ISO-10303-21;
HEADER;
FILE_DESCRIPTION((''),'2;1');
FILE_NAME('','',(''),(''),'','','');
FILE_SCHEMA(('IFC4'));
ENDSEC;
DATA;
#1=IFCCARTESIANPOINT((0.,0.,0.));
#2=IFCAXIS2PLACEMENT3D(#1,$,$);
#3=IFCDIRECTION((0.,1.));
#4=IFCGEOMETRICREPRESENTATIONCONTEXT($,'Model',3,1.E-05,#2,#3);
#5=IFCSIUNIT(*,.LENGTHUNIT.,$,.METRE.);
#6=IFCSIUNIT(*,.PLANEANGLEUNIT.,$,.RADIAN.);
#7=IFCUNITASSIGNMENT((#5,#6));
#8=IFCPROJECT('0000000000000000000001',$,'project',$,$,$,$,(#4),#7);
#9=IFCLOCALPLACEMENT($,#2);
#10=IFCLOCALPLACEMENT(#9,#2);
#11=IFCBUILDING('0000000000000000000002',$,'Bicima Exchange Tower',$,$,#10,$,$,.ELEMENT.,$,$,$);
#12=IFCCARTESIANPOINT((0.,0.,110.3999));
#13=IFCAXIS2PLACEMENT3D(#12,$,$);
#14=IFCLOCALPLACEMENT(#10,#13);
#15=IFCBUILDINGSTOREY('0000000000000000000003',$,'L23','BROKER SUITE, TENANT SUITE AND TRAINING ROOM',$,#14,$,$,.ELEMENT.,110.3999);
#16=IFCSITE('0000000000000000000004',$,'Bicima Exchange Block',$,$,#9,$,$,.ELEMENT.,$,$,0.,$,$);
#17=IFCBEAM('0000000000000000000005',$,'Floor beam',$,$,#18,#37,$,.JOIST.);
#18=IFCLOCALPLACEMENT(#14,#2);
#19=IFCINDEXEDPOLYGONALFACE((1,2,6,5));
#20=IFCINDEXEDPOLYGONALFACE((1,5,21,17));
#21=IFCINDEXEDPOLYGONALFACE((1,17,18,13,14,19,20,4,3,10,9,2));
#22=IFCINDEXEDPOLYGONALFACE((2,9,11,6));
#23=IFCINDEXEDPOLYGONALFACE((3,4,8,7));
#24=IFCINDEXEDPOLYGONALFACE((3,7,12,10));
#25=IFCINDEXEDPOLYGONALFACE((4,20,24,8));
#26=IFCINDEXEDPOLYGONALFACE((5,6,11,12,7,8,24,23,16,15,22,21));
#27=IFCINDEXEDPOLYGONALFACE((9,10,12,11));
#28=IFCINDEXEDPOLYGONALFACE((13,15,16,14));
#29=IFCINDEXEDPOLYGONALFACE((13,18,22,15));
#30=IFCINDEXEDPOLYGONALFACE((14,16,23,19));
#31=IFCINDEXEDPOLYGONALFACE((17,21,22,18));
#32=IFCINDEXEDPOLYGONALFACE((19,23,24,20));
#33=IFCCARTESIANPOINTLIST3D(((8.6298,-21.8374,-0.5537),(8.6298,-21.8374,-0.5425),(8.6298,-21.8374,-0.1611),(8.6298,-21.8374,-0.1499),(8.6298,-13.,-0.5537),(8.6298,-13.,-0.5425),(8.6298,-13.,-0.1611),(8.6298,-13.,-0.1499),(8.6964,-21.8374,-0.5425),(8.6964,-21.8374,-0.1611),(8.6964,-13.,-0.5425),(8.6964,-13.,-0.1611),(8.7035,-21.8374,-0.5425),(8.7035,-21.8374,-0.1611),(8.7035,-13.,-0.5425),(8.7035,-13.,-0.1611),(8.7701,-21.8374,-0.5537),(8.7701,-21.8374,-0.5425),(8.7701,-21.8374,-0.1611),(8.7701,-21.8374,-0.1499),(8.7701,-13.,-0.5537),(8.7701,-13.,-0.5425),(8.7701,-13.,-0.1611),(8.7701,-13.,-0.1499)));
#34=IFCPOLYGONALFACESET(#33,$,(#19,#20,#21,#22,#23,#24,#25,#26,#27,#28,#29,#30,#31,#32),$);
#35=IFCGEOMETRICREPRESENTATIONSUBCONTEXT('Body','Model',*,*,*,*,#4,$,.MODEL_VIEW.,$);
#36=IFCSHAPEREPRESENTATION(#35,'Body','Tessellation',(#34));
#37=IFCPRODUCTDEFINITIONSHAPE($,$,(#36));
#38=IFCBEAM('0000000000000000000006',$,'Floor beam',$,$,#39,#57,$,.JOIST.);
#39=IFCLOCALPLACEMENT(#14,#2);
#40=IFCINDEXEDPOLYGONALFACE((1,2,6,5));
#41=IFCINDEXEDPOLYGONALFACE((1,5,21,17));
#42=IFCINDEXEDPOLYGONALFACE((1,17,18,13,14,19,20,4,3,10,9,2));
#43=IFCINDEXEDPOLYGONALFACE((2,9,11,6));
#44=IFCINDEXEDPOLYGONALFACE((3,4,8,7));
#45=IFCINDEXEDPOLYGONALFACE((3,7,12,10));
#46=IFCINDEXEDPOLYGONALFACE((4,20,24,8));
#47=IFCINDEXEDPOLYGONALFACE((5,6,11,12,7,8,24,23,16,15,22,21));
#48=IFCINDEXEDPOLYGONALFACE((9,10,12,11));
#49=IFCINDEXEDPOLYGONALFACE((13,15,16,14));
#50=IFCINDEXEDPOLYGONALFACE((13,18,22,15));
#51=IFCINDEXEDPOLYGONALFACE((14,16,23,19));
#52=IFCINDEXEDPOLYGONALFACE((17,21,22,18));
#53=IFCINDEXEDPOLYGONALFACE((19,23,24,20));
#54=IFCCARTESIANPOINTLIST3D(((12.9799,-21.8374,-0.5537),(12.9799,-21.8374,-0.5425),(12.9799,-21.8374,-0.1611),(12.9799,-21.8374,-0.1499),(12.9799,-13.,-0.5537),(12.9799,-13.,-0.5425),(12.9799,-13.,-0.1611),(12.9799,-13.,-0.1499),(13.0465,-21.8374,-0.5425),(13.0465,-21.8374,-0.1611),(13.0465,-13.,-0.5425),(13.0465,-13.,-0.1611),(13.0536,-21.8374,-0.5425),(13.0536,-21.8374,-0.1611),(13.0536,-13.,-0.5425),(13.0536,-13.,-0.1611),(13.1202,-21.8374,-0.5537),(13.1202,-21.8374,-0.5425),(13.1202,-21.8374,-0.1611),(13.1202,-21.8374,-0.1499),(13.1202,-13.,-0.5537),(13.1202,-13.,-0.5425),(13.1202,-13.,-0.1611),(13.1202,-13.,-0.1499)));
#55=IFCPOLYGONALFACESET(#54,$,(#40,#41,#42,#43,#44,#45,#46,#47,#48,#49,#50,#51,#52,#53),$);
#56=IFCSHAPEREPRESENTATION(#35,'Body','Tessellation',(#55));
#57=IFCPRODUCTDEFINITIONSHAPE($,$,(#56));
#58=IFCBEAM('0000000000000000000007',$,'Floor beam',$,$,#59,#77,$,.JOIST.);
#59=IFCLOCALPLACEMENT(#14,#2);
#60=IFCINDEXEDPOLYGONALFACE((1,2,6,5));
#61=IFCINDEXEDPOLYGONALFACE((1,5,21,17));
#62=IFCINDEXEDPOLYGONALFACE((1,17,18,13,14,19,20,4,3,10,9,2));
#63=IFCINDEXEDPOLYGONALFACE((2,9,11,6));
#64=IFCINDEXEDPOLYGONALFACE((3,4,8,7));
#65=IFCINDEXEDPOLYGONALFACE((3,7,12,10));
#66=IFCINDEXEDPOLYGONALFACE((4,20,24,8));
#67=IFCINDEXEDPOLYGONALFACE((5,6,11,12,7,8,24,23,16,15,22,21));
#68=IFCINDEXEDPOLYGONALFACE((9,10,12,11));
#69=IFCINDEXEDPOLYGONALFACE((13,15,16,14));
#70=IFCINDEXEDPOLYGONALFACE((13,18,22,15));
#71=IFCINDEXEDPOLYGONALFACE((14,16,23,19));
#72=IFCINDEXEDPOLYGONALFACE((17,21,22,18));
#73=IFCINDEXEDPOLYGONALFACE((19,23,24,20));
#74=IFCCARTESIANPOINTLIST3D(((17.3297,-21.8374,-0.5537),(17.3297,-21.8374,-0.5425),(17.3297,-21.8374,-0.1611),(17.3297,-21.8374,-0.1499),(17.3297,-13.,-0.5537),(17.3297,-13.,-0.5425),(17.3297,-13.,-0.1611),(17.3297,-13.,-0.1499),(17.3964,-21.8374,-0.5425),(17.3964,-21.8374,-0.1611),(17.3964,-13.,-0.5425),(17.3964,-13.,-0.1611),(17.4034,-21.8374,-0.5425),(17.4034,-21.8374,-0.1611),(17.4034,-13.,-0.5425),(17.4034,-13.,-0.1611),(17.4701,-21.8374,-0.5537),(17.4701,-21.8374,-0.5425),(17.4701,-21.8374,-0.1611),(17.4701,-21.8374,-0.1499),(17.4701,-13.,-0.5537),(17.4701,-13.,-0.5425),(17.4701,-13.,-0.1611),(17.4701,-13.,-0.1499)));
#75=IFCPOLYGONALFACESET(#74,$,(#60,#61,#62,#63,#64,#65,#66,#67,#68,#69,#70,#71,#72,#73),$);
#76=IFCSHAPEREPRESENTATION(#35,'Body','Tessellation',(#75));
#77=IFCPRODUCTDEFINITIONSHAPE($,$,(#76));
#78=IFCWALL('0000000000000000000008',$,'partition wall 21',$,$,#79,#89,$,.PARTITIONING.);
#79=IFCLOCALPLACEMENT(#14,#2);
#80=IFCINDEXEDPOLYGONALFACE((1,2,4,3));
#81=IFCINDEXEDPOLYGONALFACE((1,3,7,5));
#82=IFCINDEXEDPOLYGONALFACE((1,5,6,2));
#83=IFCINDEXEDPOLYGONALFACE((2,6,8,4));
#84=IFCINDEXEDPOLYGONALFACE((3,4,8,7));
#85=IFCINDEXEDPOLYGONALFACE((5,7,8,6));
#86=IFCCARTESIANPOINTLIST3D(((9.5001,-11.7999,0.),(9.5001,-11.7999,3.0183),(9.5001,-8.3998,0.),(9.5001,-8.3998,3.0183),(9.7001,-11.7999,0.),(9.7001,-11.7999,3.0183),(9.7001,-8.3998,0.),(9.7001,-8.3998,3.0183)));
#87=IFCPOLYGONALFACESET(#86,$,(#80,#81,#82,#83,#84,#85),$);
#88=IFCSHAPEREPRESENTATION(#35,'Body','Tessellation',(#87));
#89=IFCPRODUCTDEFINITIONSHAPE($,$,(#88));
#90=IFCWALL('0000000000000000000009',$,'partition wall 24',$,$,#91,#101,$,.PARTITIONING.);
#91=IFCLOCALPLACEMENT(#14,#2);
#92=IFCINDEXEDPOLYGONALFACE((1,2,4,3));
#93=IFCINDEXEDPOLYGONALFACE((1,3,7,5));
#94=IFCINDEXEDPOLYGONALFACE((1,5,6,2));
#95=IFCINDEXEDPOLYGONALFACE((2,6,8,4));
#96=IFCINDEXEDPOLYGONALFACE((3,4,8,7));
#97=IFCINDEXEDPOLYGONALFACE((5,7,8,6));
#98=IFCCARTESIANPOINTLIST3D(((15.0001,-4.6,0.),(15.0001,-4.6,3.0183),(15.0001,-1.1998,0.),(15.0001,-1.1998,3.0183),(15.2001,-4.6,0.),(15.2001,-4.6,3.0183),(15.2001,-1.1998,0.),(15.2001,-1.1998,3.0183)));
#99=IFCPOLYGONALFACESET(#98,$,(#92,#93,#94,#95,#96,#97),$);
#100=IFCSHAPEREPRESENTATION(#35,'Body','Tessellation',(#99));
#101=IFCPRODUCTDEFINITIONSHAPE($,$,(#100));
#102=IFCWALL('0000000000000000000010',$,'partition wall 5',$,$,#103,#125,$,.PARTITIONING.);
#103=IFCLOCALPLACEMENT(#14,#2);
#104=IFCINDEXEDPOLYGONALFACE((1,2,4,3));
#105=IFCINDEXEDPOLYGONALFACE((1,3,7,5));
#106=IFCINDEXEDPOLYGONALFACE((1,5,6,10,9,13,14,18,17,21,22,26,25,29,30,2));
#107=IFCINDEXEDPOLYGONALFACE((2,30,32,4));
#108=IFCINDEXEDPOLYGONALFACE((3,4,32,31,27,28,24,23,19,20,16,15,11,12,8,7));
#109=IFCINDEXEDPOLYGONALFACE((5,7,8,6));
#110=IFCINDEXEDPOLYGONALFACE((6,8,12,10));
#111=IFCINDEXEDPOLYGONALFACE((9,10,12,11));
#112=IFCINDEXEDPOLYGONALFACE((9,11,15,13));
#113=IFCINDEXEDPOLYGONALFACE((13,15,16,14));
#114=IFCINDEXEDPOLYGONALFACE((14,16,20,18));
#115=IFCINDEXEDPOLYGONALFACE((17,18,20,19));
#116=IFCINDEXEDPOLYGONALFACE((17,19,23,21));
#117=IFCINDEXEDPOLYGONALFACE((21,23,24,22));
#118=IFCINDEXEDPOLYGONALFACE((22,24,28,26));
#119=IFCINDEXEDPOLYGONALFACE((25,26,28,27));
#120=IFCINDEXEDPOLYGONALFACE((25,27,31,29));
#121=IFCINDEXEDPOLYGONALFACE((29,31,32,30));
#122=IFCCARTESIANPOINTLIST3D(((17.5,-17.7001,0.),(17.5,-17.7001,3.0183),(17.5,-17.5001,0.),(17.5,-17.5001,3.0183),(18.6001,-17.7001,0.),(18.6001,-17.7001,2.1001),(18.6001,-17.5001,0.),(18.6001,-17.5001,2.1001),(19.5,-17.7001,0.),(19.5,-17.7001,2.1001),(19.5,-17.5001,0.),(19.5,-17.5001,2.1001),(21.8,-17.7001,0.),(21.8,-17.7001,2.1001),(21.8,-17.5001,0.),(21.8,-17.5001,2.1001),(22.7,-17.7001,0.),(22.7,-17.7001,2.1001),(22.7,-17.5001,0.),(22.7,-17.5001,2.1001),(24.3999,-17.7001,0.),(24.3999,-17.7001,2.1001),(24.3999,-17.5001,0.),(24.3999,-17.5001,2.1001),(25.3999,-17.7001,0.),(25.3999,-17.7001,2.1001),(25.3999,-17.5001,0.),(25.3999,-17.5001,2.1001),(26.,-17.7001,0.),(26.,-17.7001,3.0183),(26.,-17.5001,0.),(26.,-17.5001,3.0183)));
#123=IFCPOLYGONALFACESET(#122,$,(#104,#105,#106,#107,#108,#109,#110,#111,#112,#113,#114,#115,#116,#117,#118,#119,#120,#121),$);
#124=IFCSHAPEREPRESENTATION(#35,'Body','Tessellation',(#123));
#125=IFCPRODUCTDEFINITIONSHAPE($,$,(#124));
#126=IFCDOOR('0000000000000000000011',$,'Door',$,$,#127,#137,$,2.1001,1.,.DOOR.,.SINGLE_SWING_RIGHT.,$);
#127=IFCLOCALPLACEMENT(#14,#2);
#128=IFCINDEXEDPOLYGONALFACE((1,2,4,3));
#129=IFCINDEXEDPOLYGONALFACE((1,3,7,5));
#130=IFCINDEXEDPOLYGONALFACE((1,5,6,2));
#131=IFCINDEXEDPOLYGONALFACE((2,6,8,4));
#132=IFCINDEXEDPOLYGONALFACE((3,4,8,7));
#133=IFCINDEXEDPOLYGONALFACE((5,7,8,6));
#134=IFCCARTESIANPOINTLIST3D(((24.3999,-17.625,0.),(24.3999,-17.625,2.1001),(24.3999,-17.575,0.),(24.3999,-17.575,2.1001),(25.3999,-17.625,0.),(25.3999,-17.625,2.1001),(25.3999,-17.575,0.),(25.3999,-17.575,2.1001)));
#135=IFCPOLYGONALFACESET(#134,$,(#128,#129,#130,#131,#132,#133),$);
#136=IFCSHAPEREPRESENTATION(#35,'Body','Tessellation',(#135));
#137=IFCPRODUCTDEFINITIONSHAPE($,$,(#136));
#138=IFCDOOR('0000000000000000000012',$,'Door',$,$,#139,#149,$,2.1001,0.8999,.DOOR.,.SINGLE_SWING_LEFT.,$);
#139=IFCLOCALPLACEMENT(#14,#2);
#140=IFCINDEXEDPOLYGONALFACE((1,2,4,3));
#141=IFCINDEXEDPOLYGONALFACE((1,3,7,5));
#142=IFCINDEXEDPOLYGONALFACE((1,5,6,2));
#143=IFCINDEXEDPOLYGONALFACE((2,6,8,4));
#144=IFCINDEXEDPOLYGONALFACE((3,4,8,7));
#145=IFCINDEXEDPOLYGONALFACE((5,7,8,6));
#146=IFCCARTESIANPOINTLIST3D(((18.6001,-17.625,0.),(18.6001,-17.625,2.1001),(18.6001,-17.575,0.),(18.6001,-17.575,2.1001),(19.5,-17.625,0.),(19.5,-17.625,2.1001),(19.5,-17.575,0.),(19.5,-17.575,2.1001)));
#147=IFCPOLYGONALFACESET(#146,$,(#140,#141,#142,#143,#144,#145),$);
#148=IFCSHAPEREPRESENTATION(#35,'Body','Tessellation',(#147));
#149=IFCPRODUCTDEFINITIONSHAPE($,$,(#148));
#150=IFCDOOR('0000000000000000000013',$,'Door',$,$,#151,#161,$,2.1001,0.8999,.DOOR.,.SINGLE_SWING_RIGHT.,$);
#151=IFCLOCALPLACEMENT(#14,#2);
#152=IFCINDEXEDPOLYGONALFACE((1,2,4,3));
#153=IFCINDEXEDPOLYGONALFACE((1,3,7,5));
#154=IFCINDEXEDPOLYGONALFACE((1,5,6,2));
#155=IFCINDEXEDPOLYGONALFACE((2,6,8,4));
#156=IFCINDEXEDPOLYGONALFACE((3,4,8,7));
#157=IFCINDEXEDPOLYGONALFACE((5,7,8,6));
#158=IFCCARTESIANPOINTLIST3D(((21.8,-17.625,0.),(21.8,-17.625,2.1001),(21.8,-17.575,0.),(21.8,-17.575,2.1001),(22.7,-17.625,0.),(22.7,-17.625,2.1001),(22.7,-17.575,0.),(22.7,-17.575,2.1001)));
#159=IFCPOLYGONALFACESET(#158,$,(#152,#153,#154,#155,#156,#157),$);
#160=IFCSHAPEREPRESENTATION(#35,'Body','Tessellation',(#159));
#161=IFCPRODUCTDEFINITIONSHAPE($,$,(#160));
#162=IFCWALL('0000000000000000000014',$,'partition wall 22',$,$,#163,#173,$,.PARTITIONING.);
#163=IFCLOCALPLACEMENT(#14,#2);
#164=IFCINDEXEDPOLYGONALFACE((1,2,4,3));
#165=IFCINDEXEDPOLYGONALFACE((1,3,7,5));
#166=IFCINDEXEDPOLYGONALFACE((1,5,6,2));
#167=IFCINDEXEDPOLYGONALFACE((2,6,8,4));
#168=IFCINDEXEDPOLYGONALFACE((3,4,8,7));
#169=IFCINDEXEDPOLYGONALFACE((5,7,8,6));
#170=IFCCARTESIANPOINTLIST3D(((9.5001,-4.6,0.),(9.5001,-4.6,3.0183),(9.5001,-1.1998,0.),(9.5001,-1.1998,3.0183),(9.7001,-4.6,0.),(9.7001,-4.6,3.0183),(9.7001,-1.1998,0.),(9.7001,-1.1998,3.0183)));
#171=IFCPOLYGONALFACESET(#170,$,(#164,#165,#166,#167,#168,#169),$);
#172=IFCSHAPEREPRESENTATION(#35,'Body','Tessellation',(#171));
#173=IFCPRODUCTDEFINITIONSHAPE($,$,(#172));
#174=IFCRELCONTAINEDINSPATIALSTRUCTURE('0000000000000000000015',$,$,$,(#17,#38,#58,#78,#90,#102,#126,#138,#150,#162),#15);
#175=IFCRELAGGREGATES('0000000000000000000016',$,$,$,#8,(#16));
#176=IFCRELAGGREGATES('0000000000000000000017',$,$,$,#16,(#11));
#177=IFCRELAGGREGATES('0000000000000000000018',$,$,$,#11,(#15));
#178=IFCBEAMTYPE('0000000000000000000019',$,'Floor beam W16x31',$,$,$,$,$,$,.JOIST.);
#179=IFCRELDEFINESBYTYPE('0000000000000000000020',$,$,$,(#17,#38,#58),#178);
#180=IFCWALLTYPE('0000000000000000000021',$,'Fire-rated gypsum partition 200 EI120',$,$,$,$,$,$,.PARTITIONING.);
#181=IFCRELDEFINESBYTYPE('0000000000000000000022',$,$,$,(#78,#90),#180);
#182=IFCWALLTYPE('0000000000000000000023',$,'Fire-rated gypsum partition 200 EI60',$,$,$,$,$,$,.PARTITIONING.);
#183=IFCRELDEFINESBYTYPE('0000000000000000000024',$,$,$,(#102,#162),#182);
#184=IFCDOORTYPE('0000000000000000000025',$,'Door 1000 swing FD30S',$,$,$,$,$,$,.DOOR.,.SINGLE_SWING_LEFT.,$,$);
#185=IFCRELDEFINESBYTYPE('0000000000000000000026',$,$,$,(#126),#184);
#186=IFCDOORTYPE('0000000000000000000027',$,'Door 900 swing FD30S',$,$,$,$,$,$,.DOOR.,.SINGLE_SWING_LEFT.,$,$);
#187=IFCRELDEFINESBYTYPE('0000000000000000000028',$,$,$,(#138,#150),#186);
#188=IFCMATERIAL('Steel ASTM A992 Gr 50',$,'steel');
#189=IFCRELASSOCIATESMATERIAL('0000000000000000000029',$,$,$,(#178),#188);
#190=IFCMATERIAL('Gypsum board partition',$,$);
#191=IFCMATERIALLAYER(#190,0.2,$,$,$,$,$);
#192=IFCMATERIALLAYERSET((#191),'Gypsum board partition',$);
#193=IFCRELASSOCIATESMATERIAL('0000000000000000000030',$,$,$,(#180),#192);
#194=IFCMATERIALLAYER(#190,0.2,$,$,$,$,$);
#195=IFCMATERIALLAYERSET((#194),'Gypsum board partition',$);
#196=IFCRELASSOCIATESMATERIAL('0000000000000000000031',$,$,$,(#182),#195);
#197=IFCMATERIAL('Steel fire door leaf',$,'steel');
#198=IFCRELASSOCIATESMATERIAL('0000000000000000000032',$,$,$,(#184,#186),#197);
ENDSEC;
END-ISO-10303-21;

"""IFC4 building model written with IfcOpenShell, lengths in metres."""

from ifc_helpers import new_model, si_unit, direction, frame, frame_2d, origin, origin_2d, place, context, subcontext, project, spatial, rectangle, i_section, extrude, material, layer, layer_set, material_profile, profile_set, type_object, element, fill, save


model = new_model("IFC4")

# Units and contexts
model_context = context("Model", 3, precision=1e-05, world=origin(), true_north=direction((0.0, 1.0)))
body_context = subcontext(model_context, "Body", "Model", "MODEL_VIEW")
ifc_project = project(units=[si_unit("LENGTHUNIT", "METRE"), si_unit("PLANEANGLEUNIT", "RADIAN")], contexts=[model_context])

# Site, building, storey
site_placement = place(None, origin())
site = spatial("IfcSite", under=ifc_project, at=site_placement, Name="Bicima Exchange Block", CompositionType="ELEMENT", RefElevation=0.0)
building_placement = place(site_placement, origin())
building = spatial("IfcBuilding", under=site, at=building_placement, Name="Bicima Exchange Tower", CompositionType="ELEMENT")
storey_placement = place(building_placement, frame((0.0, 0.0, 110.3999)))
storey = spatial("IfcBuildingStorey", under=building, at=storey_placement, Name="L23", Description="BROKER SUITE, TENANT SUITE AND TRAINING ROOM", CompositionType="ELEMENT", Elevation=110.3999)

# Beams
ifc_material_1 = material(Name="Steel ASTM A992 Gr 50", Category="steel")
ifc_material_profile = material_profile(ifc_material_1, i_section(OverallWidth=0.1404, OverallDepth=0.4038, WebThickness=0.0071, FlangeThickness=0.0112, at=origin_2d()))
ifc_profile_set = profile_set([ifc_material_profile], Name="Steel ASTM A992 Gr 50")
beam_type = type_object("IfcBeamType", Name="Floor beam W16x31", PredefinedType="JOIST", material=ifc_profile_set)
for number, where, z_axis, x_axis, name in (
    (1, (8.7, -13.0, -0.3518), (0.0, -1.0, 0.0), (1.0, 0.0, 0.0), "Floor beam"),
    (2, (13.05, -13.0, -0.3518), (0.0, -1.0, 0.0), (1.0, 0.0, 0.0), "Floor beam"),
    (3, (17.3999, -13.0, -0.3518), (0.0, -1.0, 0.0), (1.0, 0.0, 0.0), "Floor beam"),
):
    element("IfcBeam", number, at=place(storey_placement, frame(where, z_axis=z_axis, x_axis=x_axis)), inside=storey, type_object=beam_type, Name=name, PredefinedType="JOIST", context=body_context, shape_type="SweptSolid", body=[
        extrude(i_section(OverallWidth=0.1404, OverallDepth=0.4038, WebThickness=0.0071, FlangeThickness=0.0112, at=origin_2d()), origin(), (0.0, 0.0, 1.0), 8.8374),
    ])

# Walls
ifc_material_2 = material(Name="Gypsum board partition")
ifc_layer_1 = layer(ifc_material_2, 0.2)
ifc_layer_set_1 = layer_set([ifc_layer_1], Name="Gypsum board partition")
wall_type_1 = type_object("IfcWallType", Name="Fire-rated gypsum partition 200 EI120", PredefinedType="PARTITIONING", material=ifc_layer_set_1)
for number, where, z_axis, x_axis, name in (
    (4, (9.6001, -11.8, 0.0), (0.0, 0.0, 1.0), (0.0, 1.0, 0.0), "partition wall 21"),
    (5, (15.1001, -4.6001, 0.0), (0.0, 0.0, 1.0), (0.0, 1.0, 0.0), "partition wall 24"),
):
    element("IfcWall", number, at=place(storey_placement, frame(where, z_axis=z_axis, x_axis=x_axis)), inside=storey, type_object=wall_type_1, Name=name, PredefinedType="PARTITIONING", context=body_context, shape_type="SweptSolid", body=[
        extrude(rectangle(XDim=3.4001, YDim=0.2, at=frame_2d((1.7002, 0.0))), origin(), (0.0, 0.0, 1.0), 3.0183),
    ])

# Wall, openings, doors
ifc_layer_2 = layer(ifc_material_2, 0.2)
ifc_layer_set_2 = layer_set([ifc_layer_2], Name="Gypsum board partition")
wall_type_2 = type_object("IfcWallType", Name="Fire-rated gypsum partition 200 EI60", PredefinedType="PARTITIONING", material=ifc_layer_set_2)
wall_1_placement = place(storey_placement, frame((17.5, -17.6001, 0.0), z_axis=(0.0, 0.0, 1.0), x_axis=(1.0, 0.0, 0.0)))
wall_1 = element("IfcWall", 6, at=wall_1_placement, inside=storey, type_object=wall_type_2, Name="partition wall 5", PredefinedType="PARTITIONING", context=body_context, shape_type="SweptSolid", body=[
    extrude(rectangle(XDim=8.5, YDim=0.2, at=frame_2d((4.25, 0.0))), origin(), (0.0, 0.0, 1.0), 3.0183),
])
opening_1_placement = place(wall_1_placement, frame((1.1001, 0.0, 0.0)))
opening_1 = element("IfcOpeningElement", 7, at=opening_1_placement, cuts=wall_1, PredefinedType="OPENING", context=body_context, shape_type="SweptSolid", body=[
    extrude(rectangle(XDim=0.8999, YDim=2.1001, at=frame_2d((0.45, 1.05))), frame((0.0, 0.1118, 0.0), z_axis=(0.0, -1.0, 0.0), x_axis=(1.0, 0.0, 0.0)), (0.0, 0.0, 1.0), 0.2239),
])
opening_2_placement = place(wall_1_placement, frame((4.3, 0.0, 0.0)))
opening_2 = element("IfcOpeningElement", 8, at=opening_2_placement, cuts=wall_1, PredefinedType="OPENING", context=body_context, shape_type="SweptSolid", body=[
    extrude(rectangle(XDim=0.8999, YDim=2.1001, at=frame_2d((0.45, 1.05))), frame((0.0, 0.1118, 0.0), z_axis=(0.0, -1.0, 0.0), x_axis=(1.0, 0.0, 0.0)), (0.0, 0.0, 1.0), 0.2239),
])
opening_3_placement = place(wall_1_placement, frame((6.8999, 0.0, 0.0)))
opening_3 = element("IfcOpeningElement", 9, at=opening_3_placement, cuts=wall_1, PredefinedType="OPENING", context=body_context, shape_type="SweptSolid", body=[
    extrude(rectangle(XDim=1.0, YDim=2.1001, at=frame_2d((0.5, 1.05))), frame((0.0, 0.1118, 0.0), z_axis=(0.0, -1.0, 0.0), x_axis=(1.0, 0.0, 0.0)), (0.0, 0.0, 1.0), 0.2239),
])
ifc_material_3 = material(Name="Steel fire door leaf", Category="steel")
door_type_1 = type_object("IfcDoorType", Name="Door 1000 swing FD30S", OperationType="SINGLE_SWING_LEFT", PredefinedType="DOOR", material=ifc_material_3)
door_1_placement = place(opening_3_placement, frame((1.0, 0.0, 0.0), z_axis=(0.0, 0.0, 1.0), x_axis=(-1.0, 0.0, 0.0)))
door_1 = element("IfcDoor", 10, at=door_1_placement, inside=storey, type_object=door_type_1, Name="Door", OperationType="SINGLE_SWING_RIGHT", OverallHeight=2.1001, OverallWidth=1.0, PredefinedType="DOOR", context=body_context, shape_type="SweptSolid", body=[
    extrude(rectangle(XDim=1.0, YDim=2.1001, at=frame_2d((0.5, 1.05))), frame((0.0, 0.0249, 0.0), z_axis=(0.0, -1.0, 0.0), x_axis=(1.0, 0.0, 0.0)), (0.0, 0.0, 1.0), 0.05),
])
fill(opening_3, door_1)
door_type_2 = type_object("IfcDoorType", Name="Door 900 swing FD30S", OperationType="SINGLE_SWING_LEFT", PredefinedType="DOOR", material=ifc_material_3)
door_2_placement = place(opening_1_placement, frame((0.8999, 0.0, 0.0), z_axis=(0.0, 0.0, 1.0), x_axis=(-1.0, 0.0, 0.0)))
door_2 = element("IfcDoor", 11, at=door_2_placement, inside=storey, type_object=door_type_2, Name="Door", OperationType="SINGLE_SWING_LEFT", OverallHeight=2.1001, OverallWidth=0.8999, PredefinedType="DOOR", context=body_context, shape_type="SweptSolid", body=[
    extrude(rectangle(XDim=0.8999, YDim=2.1001, at=frame_2d((0.45, 1.05))), frame((0.0, 0.0249, 0.0), z_axis=(0.0, -1.0, 0.0), x_axis=(1.0, 0.0, 0.0)), (0.0, 0.0, 1.0), 0.05),
])
fill(opening_1, door_2)
door_3_placement = place(opening_2_placement, frame((0.8999, 0.0, 0.0), z_axis=(0.0, 0.0, 1.0), x_axis=(-1.0, 0.0, 0.0)))
door_3 = element("IfcDoor", 12, at=door_3_placement, inside=storey, type_object=door_type_2, Name="Door", OperationType="SINGLE_SWING_RIGHT", OverallHeight=2.1001, OverallWidth=0.8999, PredefinedType="DOOR", context=body_context, shape_type="SweptSolid", body=[
    extrude(rectangle(XDim=0.8999, YDim=2.1001, at=frame_2d((0.45, 1.05))), frame((0.0, 0.0249, 0.0), z_axis=(0.0, -1.0, 0.0), x_axis=(1.0, 0.0, 0.0)), (0.0, 0.0, 1.0), 0.05),
])
fill(opening_2, door_3)

# Wall
wall_2_placement = place(storey_placement, frame((9.6001, -4.6001, 0.0), z_axis=(0.0, 0.0, 1.0), x_axis=(0.0, 1.0, 0.0)))
element("IfcWall", 13, at=wall_2_placement, inside=storey, type_object=wall_type_2, Name="partition wall 22", PredefinedType="PARTITIONING", context=body_context, shape_type="SweptSolid", body=[
    extrude(rectangle(XDim=3.4001, YDim=0.2, at=frame_2d((1.7002, 0.0))), origin(), (0.0, 0.0, 1.0), 3.0183),
])

save(model, "model.ifc")
